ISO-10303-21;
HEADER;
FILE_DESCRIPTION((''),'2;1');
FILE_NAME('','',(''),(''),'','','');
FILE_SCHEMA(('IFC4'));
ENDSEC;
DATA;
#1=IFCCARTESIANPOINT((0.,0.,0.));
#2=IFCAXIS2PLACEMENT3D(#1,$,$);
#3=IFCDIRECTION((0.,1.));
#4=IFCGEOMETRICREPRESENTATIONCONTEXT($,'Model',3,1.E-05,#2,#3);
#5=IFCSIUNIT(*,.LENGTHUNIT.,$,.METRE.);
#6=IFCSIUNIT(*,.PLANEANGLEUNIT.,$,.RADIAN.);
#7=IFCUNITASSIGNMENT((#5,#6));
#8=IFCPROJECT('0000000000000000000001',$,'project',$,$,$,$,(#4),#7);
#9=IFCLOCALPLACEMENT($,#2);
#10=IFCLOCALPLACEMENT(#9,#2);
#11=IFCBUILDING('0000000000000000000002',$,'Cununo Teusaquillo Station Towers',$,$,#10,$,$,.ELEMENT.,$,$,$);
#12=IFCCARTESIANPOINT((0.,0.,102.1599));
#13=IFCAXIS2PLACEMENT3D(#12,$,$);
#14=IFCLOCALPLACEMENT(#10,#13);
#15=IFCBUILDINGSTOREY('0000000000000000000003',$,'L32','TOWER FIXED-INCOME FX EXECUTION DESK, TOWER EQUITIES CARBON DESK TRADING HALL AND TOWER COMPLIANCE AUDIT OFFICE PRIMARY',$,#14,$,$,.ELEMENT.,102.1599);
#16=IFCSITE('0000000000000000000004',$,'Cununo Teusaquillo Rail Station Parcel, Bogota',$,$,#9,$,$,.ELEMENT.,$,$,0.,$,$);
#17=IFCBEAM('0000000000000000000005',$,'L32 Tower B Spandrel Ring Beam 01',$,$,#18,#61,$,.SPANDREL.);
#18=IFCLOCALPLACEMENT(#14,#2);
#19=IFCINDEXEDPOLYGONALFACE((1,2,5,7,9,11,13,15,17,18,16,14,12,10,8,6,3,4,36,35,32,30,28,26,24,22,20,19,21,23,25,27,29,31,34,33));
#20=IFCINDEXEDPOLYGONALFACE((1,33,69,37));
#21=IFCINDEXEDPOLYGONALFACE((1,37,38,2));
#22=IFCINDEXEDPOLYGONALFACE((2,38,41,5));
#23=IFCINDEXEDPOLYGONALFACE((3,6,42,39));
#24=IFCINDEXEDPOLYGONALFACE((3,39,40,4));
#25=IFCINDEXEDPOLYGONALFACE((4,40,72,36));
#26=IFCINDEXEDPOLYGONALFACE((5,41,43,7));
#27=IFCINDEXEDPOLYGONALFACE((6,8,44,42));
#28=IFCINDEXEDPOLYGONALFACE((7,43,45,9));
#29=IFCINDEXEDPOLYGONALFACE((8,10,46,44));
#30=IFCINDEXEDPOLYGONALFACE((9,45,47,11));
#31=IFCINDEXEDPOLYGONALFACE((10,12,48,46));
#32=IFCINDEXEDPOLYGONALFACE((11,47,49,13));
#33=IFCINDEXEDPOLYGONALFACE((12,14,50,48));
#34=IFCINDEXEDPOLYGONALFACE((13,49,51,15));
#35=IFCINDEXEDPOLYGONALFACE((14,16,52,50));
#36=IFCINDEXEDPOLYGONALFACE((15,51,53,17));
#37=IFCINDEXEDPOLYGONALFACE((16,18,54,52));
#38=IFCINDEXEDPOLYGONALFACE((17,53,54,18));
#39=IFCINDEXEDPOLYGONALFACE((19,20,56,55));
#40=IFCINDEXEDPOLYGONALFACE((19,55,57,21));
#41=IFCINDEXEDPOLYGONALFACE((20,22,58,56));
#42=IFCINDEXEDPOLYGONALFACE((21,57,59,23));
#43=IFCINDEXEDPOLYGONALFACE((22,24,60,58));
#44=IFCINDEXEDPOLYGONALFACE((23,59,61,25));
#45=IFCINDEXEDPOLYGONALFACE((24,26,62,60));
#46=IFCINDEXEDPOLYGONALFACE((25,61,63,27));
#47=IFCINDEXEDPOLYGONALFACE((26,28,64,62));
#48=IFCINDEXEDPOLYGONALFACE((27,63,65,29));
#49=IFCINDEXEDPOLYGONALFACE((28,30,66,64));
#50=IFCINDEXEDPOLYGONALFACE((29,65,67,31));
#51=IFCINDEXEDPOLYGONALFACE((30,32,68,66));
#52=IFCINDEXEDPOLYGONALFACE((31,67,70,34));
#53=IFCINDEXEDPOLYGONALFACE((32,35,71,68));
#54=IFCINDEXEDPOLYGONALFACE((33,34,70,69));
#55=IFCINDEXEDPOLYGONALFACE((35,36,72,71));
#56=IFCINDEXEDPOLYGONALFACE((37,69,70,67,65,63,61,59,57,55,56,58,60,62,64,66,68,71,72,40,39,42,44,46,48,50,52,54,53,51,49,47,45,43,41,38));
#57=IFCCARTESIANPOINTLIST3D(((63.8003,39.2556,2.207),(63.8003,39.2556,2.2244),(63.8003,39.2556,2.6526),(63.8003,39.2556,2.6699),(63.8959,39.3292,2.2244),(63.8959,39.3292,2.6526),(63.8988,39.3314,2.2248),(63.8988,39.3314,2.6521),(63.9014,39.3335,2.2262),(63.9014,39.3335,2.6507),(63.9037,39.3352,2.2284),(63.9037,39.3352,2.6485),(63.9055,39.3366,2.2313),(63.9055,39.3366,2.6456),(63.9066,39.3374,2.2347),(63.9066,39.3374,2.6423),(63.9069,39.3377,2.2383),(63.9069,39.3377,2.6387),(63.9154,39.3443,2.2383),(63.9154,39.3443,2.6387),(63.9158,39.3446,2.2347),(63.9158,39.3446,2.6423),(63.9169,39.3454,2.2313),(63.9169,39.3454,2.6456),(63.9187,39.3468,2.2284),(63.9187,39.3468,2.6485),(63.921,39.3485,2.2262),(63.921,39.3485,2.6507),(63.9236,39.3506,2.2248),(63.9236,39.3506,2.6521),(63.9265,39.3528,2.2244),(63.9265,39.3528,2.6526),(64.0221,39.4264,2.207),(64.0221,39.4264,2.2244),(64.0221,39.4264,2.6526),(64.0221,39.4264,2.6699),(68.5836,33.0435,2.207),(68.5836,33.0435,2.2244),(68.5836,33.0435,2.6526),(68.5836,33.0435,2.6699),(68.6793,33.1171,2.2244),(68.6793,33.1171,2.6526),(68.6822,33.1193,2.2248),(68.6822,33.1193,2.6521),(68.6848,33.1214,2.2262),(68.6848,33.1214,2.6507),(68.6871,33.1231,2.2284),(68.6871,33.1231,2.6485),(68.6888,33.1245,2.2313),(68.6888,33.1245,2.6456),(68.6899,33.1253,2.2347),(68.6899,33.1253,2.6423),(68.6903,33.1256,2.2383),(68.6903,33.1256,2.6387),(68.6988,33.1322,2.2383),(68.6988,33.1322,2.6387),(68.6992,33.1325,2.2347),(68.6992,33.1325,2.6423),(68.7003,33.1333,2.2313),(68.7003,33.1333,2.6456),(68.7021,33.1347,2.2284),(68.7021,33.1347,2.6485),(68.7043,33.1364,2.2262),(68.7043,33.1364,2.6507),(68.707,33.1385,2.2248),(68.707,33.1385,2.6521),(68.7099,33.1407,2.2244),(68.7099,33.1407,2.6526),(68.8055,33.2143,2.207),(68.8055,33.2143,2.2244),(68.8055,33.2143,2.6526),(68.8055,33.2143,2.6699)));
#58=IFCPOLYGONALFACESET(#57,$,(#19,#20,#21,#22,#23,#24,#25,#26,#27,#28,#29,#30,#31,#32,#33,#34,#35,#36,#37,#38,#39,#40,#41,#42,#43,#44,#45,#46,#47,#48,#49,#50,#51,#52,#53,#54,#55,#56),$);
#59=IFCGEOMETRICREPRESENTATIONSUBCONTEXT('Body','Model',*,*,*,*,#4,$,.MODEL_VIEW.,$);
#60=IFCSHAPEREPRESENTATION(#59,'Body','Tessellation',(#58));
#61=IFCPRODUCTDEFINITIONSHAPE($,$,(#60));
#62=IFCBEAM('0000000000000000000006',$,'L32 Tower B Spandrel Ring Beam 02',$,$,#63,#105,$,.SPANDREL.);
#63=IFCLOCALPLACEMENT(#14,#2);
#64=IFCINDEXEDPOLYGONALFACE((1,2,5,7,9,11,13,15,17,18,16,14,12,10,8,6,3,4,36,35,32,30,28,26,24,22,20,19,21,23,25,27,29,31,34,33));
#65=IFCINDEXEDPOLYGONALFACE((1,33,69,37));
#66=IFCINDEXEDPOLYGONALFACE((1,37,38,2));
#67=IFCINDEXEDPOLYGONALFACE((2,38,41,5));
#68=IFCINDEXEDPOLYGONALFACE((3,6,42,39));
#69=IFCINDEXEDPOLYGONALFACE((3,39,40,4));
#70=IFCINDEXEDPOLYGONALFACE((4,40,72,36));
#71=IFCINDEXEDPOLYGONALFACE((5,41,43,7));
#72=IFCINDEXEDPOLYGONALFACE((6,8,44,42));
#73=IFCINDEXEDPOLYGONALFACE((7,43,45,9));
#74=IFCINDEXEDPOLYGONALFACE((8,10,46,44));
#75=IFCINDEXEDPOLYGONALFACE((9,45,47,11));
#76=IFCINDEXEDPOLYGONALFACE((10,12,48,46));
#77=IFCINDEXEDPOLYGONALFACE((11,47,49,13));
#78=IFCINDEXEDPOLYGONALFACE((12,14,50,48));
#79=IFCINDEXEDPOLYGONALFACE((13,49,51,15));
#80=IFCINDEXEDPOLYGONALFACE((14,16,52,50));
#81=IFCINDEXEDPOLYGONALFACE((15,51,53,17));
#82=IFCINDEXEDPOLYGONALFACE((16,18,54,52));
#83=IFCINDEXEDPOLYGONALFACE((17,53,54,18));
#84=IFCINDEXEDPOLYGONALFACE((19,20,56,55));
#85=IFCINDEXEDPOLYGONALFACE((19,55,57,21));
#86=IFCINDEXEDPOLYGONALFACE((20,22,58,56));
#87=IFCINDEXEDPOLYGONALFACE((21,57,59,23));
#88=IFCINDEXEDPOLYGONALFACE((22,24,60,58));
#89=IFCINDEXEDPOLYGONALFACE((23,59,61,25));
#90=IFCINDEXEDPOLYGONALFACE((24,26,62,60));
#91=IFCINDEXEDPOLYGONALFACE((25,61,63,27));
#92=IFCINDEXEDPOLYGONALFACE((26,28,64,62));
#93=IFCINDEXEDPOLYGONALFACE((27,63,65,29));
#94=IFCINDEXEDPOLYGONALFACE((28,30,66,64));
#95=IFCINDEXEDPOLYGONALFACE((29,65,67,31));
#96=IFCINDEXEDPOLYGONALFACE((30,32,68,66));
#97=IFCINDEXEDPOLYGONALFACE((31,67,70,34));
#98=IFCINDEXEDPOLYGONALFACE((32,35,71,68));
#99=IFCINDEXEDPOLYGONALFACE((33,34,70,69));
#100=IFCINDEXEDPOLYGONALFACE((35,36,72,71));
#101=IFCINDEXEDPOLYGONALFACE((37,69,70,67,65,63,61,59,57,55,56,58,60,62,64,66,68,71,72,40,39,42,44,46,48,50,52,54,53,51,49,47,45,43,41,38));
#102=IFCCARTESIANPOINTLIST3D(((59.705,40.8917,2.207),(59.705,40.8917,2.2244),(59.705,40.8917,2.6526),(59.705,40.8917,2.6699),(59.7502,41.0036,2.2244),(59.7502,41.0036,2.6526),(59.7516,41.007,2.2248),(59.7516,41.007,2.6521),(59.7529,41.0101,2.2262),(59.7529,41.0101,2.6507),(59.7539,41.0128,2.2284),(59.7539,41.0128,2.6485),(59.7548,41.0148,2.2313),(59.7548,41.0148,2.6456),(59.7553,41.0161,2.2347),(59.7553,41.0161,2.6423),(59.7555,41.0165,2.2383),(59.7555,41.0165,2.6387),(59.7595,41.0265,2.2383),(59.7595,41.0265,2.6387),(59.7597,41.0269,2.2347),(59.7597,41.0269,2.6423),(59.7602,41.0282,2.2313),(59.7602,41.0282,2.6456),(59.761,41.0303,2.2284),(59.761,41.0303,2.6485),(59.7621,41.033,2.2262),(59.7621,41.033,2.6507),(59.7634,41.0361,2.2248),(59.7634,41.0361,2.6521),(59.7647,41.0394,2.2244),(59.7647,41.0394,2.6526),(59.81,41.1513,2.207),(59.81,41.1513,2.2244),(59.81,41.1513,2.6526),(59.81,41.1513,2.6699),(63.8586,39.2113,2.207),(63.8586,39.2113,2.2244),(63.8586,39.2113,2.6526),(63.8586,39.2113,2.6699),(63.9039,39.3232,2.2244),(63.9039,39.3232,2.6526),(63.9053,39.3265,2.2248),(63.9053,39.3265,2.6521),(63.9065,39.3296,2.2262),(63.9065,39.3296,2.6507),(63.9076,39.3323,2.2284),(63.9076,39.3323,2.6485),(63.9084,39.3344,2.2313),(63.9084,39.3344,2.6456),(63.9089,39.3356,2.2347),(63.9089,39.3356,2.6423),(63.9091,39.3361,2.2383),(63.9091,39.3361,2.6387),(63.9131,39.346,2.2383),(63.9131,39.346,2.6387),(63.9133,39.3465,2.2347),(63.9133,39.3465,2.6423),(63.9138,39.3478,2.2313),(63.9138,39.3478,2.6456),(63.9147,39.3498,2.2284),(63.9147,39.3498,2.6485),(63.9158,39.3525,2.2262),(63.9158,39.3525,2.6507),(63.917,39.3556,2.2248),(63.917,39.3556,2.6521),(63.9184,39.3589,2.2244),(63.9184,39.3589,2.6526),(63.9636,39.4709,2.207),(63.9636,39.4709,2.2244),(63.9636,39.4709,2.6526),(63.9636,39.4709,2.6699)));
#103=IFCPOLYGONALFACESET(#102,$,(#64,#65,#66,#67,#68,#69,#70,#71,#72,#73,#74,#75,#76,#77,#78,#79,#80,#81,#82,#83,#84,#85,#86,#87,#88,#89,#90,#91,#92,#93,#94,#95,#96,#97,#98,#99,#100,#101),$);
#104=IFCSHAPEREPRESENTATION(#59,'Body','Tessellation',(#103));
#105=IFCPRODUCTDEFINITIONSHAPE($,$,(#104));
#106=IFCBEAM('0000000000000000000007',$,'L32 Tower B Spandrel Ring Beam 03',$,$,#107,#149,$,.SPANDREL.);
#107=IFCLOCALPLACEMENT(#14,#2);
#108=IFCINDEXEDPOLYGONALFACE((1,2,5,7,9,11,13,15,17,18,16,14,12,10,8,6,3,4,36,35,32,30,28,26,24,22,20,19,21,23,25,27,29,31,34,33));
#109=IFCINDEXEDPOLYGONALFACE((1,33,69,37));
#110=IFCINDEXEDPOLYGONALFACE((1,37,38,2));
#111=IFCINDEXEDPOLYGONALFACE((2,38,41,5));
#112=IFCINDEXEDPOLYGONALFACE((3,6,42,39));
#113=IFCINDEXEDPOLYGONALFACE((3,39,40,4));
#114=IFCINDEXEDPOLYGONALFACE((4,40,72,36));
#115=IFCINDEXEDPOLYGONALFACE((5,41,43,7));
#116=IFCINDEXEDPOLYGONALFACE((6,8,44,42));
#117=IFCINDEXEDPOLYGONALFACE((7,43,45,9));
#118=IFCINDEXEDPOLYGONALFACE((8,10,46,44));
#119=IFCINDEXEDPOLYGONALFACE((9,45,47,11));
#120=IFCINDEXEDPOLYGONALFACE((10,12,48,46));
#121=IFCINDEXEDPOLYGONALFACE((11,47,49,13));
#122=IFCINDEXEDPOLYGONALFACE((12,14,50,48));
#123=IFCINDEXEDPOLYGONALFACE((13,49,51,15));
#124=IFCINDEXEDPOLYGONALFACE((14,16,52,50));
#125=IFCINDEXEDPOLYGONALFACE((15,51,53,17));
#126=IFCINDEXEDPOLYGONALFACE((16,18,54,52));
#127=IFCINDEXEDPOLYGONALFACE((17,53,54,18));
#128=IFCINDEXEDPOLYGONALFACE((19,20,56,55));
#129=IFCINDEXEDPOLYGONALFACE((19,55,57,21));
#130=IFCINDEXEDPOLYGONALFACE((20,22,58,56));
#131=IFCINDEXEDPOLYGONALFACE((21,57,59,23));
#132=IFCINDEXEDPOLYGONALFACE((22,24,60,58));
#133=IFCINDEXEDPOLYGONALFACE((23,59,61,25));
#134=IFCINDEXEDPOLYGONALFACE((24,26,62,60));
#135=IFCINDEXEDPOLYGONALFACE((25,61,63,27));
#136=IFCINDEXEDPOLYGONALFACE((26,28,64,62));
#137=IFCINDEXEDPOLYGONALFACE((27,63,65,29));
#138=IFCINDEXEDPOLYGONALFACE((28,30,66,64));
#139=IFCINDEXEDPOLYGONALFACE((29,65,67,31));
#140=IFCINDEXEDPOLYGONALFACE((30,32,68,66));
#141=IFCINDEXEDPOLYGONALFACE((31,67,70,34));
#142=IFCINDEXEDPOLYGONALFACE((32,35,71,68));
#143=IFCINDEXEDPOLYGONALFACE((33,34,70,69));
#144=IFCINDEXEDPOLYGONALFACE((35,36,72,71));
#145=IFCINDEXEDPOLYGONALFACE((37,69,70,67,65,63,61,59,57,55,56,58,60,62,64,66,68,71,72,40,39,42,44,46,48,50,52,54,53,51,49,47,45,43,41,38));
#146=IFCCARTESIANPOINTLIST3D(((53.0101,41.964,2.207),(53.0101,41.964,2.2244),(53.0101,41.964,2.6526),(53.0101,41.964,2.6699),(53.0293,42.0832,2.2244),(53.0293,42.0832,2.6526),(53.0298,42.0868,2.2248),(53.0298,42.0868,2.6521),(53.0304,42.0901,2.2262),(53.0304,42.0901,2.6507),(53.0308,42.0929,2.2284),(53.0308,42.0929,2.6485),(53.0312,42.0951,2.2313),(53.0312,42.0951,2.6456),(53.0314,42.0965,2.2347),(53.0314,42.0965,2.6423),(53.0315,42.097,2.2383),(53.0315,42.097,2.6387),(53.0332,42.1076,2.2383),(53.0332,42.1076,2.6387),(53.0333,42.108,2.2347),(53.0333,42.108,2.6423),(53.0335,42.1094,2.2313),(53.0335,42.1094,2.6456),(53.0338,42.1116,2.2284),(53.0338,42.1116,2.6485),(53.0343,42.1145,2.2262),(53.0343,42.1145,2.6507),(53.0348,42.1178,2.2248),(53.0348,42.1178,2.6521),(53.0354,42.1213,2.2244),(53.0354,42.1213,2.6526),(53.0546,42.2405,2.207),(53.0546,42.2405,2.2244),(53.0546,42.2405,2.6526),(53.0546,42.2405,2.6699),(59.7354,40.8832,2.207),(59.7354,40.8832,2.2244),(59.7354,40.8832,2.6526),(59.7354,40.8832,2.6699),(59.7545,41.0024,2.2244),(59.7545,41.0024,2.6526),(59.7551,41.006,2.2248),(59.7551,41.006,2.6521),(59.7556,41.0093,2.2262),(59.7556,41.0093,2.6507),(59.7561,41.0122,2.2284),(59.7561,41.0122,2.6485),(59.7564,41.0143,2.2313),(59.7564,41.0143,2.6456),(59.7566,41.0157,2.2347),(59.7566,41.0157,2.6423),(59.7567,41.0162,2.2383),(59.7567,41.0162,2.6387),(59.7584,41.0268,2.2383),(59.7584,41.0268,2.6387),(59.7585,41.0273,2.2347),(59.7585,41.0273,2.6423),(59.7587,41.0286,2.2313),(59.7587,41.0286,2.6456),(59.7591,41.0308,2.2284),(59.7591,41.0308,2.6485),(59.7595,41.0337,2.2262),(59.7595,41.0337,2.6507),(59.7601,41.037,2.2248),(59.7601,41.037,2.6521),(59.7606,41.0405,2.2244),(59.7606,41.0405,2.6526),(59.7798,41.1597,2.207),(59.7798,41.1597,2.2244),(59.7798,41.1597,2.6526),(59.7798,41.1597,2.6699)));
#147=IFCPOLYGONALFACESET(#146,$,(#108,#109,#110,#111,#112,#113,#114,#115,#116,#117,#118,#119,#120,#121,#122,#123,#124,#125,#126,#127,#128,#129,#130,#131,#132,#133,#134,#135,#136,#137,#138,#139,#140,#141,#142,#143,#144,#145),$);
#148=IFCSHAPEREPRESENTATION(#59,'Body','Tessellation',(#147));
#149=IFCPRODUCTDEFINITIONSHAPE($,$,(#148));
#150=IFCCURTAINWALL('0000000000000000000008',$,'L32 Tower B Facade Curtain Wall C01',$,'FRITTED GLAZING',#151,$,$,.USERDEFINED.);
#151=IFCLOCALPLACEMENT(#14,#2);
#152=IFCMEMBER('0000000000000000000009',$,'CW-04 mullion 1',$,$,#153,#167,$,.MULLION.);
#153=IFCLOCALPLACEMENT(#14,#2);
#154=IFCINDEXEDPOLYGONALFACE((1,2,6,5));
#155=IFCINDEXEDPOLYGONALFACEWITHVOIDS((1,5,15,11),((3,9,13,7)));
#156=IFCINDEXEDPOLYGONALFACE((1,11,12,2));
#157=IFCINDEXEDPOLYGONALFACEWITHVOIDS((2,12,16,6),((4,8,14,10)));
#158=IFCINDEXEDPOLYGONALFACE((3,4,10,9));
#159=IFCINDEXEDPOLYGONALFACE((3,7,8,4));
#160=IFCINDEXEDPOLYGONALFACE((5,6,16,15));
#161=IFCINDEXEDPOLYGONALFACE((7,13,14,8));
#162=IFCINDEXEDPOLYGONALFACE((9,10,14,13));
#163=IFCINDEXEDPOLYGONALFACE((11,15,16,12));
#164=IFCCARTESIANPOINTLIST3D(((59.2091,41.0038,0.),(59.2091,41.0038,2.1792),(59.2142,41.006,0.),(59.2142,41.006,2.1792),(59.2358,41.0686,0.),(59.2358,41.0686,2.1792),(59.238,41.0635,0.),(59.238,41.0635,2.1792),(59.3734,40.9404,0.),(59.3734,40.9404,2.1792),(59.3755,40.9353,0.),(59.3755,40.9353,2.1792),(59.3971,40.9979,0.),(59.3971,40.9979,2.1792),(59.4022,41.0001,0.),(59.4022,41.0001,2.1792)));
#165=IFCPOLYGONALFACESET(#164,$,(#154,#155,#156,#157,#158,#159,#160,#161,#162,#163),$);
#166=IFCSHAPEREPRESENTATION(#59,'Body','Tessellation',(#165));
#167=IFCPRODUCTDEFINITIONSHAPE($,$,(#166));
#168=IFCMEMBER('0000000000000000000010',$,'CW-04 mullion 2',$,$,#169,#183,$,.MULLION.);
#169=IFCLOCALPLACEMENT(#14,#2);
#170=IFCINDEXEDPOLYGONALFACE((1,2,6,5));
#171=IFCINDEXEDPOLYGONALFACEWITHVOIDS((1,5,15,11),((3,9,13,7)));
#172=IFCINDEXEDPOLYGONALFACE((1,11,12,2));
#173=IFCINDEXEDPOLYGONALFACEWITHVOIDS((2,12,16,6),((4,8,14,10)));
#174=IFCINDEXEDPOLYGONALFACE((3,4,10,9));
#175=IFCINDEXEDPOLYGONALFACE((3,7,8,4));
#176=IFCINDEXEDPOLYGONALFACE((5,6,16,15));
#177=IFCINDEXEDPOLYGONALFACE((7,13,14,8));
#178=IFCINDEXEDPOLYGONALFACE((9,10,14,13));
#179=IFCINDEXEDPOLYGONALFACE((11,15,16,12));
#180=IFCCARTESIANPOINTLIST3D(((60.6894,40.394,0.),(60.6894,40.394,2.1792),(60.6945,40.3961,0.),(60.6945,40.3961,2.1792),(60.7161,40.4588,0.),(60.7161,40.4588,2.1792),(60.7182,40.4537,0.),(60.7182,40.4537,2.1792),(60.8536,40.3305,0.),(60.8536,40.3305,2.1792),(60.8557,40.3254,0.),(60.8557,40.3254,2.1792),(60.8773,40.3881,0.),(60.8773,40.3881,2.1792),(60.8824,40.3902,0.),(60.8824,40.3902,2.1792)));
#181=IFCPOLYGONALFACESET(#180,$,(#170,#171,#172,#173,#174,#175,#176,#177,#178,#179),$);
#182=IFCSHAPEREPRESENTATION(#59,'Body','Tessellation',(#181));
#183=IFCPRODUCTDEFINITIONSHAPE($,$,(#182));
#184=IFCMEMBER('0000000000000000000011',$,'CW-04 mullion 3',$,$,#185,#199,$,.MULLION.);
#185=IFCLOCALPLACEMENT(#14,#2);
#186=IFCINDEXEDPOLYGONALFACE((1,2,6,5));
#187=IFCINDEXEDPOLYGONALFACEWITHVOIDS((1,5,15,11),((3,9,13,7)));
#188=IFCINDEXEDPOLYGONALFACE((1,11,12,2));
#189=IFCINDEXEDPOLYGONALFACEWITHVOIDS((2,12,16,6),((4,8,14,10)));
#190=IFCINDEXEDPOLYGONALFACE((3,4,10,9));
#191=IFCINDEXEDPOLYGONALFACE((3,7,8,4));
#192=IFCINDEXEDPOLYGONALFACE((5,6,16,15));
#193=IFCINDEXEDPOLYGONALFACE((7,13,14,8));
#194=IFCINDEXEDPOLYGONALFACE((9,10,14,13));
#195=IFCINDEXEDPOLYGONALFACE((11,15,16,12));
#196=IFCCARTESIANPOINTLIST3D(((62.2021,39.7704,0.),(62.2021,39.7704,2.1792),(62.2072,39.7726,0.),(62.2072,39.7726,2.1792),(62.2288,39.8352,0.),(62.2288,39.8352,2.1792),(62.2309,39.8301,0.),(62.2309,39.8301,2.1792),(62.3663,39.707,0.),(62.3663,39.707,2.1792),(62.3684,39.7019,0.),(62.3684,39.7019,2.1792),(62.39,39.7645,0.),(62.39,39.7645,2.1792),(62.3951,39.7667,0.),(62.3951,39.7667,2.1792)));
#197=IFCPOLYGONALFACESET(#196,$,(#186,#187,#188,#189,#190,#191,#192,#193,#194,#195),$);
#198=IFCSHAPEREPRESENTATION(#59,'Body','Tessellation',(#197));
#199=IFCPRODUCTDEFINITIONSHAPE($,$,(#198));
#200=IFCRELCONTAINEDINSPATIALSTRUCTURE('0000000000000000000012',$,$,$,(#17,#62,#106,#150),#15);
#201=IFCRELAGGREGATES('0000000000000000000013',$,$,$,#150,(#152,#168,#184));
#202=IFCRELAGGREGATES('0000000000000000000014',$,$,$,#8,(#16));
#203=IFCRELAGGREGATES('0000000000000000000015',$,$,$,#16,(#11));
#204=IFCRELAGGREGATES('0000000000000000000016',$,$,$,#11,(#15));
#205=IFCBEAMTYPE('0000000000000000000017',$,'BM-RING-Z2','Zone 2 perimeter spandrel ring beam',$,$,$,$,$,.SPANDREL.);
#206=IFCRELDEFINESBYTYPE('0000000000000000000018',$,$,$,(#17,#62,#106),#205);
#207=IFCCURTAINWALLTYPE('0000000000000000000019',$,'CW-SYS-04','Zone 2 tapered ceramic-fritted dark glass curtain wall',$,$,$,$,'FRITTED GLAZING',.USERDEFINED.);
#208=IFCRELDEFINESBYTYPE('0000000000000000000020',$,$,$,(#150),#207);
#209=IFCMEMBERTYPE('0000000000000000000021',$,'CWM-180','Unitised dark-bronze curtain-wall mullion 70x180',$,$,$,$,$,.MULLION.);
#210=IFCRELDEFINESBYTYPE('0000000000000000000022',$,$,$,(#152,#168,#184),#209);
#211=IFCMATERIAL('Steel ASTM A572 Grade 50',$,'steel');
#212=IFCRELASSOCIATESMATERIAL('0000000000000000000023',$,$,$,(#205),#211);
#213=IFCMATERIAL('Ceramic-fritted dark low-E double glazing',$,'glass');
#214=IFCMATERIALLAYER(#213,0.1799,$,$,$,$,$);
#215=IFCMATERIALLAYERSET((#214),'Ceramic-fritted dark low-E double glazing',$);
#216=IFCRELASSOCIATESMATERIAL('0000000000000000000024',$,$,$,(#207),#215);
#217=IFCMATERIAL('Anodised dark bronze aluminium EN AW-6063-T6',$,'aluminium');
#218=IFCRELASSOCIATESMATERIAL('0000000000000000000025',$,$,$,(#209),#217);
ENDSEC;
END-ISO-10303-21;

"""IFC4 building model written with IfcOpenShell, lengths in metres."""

from ifc_helpers import new_model, si_unit, direction, frame, origin, origin_2d, place, context, subcontext, project, spatial, hollow_rectangle, i_section, extrude, material, layer, layer_set, material_profile, profile_set, type_object, element, aggregate, save


model = new_model("IFC4")

# Units and contexts
model_context = context("Model", 3, precision=1e-05, world=origin(), true_north=direction((0.0, 1.0)))
body_context = subcontext(model_context, "Body", "Model", "MODEL_VIEW")
ifc_project = project(units=[si_unit("LENGTHUNIT", "METRE"), si_unit("PLANEANGLEUNIT", "RADIAN")], contexts=[model_context])

# Site, building, storey
site_placement = place(None, origin())
site = spatial("IfcSite", under=ifc_project, at=site_placement, Name="Cununo Teusaquillo Rail Station Parcel, Bogota", CompositionType="ELEMENT", RefElevation=0.0)
building_placement = place(site_placement, origin())
building = spatial("IfcBuilding", under=site, at=building_placement, Name="Cununo Teusaquillo Station Towers", CompositionType="ELEMENT")
storey_placement = place(building_placement, frame((0.0, 0.0, 102.1599)))
storey = spatial("IfcBuildingStorey", under=building, at=storey_placement, Name="L32", Description="TOWER FIXED-INCOME FX EXECUTION DESK, TOWER EQUITIES CARBON DESK TRADING HALL AND TOWER COMPLIANCE AUDIT OFFICE PRIMARY", CompositionType="ELEMENT", Elevation=102.1599)

# Beams
ifc_material_1 = material(Name="Steel ASTM A572 Grade 50", Category="steel")
ifc_material_profile_1 = material_profile(ifc_material_1, i_section(OverallWidth=0.28, OverallDepth=0.4629, WebThickness=0.0107, FlangeThickness=0.0173, FilletRadius=0.0139, at=origin_2d()), Name="W18X76")
ifc_profile_set_1 = profile_set([ifc_material_profile_1], Name="Steel ASTM A572 Grade 50")
beam_type = type_object("IfcBeamType", Name="BM-RING-Z2", Description="Zone 2 perimeter spandrel ring beam", PredefinedType="SPANDREL", material=ifc_profile_set_1)
beam_1_placement = place(storey_placement, frame((68.6946, 33.1289, 2.4385), z_axis=(-0.6101, 0.792324, 0.0), x_axis=(-0.792324, -0.6101, 0.0)))
element("IfcBeam", 1, at=beam_1_placement, inside=storey, type_object=beam_type, Name="L32 Tower B Spandrel Ring Beam 01", PredefinedType="SPANDREL", context=body_context, shape_type="SweptSolid", body=[
    extrude(i_section(OverallWidth=0.28, OverallDepth=0.4629, WebThickness=0.0107, FlangeThickness=0.0173, FilletRadius=0.0139, at=origin_2d()), origin(), (0.0, 0.0, 1.0), 7.8403),
])
beam_2_placement = place(storey_placement, frame((63.9111, 39.3411, 2.4385), z_axis=(-0.927008, 0.375042, 0.0), x_axis=(-0.375042, -0.927008, 0.0)))
element("IfcBeam", 2, at=beam_2_placement, inside=storey, type_object=beam_type, Name="L32 Tower B Spandrel Ring Beam 02", PredefinedType="SPANDREL", context=body_context, shape_type="SweptSolid", body=[
    extrude(i_section(OverallWidth=0.28, OverallDepth=0.4629, WebThickness=0.0107, FlangeThickness=0.0173, FilletRadius=0.0139, at=origin_2d()), origin(), (0.0, 0.0, 1.0), 4.4807),
])
beam_3_placement = place(storey_placement, frame((59.7576, 41.0215, 2.4385), z_axis=(-0.987331, 0.158671, 0.0), x_axis=(-0.158671, -0.987331, 0.0)))
element("IfcBeam", 3, at=beam_3_placement, inside=storey, type_object=beam_type, Name="L32 Tower B Spandrel Ring Beam 03", PredefinedType="SPANDREL", context=body_context, shape_type="SweptSolid", body=[
    extrude(i_section(OverallWidth=0.28, OverallDepth=0.4629, WebThickness=0.0107, FlangeThickness=0.0173, FilletRadius=0.0139, at=origin_2d()), origin(), (0.0, 0.0, 1.0), 6.8115),
])

# Curtain wall, members
ifc_material_2 = material(Name="Ceramic-fritted dark low-E double glazing", Category="glass")
ifc_layer_1 = layer(ifc_material_2, 0.1799)
ifc_layer_set_1 = layer_set([ifc_layer_1], Name="Ceramic-fritted dark low-E double glazing")
curtain_wall_type = type_object("IfcCurtainWallType", Name="CW-SYS-04", Description="Zone 2 tapered ceramic-fritted dark glass curtain wall", ElementType="FRITTED GLAZING", PredefinedType="USERDEFINED", material=ifc_layer_set_1)
curtain_wall_placement = place(storey_placement, origin())
curtain_wall = element("IfcCurtainWall", 4, at=curtain_wall_placement, inside=storey, type_object=curtain_wall_type, Name="L32 Tower B Facade Curtain Wall C01", ObjectType="FRITTED GLAZING", PredefinedType="USERDEFINED")
ifc_material_3 = material(Name="Anodised dark bronze aluminium EN AW-6063-T6", Category="aluminium")
ifc_material_profile_2 = material_profile(ifc_material_3, hollow_rectangle(XDim=0.0701, YDim=0.1799, WallThickness=0.0039, at=origin_2d()), Name="CW-MULL-70x180")
ifc_profile_set_2 = profile_set([ifc_material_profile_2], Name="Anodised dark bronze aluminium EN AW-6063-T6")
member_type_1 = type_object("IfcMemberType", Name="CWM-180", Description="Unitised dark-bronze curtain-wall mullion 70x180", PredefinedType="MULLION", material=ifc_profile_set_2)
member_1_placement = place(storey_placement, frame((59.3057, 41.002, 0.0), z_axis=(0.0, 0.0, 1.0), x_axis=(0.381031, 0.924562, 0.0)))
member_1 = element("IfcMember", 5, at=member_1_placement, type_object=member_type_1, Name="CW-04 mullion 1", PredefinedType="MULLION", context=body_context, shape_type="SweptSolid", body=[
    extrude(hollow_rectangle(XDim=0.0701, YDim=0.1799, WallThickness=0.0039, at=origin_2d()), origin(), (0.0, 0.0, 1.0), 2.1792),
])
member_2_placement = place(storey_placement, frame((60.7859, 40.3921, 0.0), z_axis=(0.0, 0.0, 1.0), x_axis=(0.381031, 0.924562, 0.0)))
member_2 = element("IfcMember", 6, at=member_2_placement, type_object=member_type_1, Name="CW-04 mullion 2", PredefinedType="MULLION", context=body_context, shape_type="SweptSolid", body=[
    extrude(hollow_rectangle(XDim=0.0701, YDim=0.1799, WallThickness=0.0039, at=origin_2d()), origin(), (0.0, 0.0, 1.0), 2.1792),
])
member_3_placement = place(storey_placement, frame((62.2986, 39.7686, 0.0), z_axis=(0.0, 0.0, 1.0), x_axis=(0.381031, 0.924562, 0.0)))
member_3 = element("IfcMember", 7, at=member_3_placement, type_object=member_type_1, Name="CW-04 mullion 3", PredefinedType="MULLION", context=body_context, shape_type="SweptSolid", body=[
    extrude(hollow_rectangle(XDim=0.0701, YDim=0.1799, WallThickness=0.0039, at=origin_2d()), origin(), (0.0, 0.0, 1.0), 2.1792),
])

aggregate(curtain_wall, [member_1, member_2, member_3])

save(model, "model.ifc")
